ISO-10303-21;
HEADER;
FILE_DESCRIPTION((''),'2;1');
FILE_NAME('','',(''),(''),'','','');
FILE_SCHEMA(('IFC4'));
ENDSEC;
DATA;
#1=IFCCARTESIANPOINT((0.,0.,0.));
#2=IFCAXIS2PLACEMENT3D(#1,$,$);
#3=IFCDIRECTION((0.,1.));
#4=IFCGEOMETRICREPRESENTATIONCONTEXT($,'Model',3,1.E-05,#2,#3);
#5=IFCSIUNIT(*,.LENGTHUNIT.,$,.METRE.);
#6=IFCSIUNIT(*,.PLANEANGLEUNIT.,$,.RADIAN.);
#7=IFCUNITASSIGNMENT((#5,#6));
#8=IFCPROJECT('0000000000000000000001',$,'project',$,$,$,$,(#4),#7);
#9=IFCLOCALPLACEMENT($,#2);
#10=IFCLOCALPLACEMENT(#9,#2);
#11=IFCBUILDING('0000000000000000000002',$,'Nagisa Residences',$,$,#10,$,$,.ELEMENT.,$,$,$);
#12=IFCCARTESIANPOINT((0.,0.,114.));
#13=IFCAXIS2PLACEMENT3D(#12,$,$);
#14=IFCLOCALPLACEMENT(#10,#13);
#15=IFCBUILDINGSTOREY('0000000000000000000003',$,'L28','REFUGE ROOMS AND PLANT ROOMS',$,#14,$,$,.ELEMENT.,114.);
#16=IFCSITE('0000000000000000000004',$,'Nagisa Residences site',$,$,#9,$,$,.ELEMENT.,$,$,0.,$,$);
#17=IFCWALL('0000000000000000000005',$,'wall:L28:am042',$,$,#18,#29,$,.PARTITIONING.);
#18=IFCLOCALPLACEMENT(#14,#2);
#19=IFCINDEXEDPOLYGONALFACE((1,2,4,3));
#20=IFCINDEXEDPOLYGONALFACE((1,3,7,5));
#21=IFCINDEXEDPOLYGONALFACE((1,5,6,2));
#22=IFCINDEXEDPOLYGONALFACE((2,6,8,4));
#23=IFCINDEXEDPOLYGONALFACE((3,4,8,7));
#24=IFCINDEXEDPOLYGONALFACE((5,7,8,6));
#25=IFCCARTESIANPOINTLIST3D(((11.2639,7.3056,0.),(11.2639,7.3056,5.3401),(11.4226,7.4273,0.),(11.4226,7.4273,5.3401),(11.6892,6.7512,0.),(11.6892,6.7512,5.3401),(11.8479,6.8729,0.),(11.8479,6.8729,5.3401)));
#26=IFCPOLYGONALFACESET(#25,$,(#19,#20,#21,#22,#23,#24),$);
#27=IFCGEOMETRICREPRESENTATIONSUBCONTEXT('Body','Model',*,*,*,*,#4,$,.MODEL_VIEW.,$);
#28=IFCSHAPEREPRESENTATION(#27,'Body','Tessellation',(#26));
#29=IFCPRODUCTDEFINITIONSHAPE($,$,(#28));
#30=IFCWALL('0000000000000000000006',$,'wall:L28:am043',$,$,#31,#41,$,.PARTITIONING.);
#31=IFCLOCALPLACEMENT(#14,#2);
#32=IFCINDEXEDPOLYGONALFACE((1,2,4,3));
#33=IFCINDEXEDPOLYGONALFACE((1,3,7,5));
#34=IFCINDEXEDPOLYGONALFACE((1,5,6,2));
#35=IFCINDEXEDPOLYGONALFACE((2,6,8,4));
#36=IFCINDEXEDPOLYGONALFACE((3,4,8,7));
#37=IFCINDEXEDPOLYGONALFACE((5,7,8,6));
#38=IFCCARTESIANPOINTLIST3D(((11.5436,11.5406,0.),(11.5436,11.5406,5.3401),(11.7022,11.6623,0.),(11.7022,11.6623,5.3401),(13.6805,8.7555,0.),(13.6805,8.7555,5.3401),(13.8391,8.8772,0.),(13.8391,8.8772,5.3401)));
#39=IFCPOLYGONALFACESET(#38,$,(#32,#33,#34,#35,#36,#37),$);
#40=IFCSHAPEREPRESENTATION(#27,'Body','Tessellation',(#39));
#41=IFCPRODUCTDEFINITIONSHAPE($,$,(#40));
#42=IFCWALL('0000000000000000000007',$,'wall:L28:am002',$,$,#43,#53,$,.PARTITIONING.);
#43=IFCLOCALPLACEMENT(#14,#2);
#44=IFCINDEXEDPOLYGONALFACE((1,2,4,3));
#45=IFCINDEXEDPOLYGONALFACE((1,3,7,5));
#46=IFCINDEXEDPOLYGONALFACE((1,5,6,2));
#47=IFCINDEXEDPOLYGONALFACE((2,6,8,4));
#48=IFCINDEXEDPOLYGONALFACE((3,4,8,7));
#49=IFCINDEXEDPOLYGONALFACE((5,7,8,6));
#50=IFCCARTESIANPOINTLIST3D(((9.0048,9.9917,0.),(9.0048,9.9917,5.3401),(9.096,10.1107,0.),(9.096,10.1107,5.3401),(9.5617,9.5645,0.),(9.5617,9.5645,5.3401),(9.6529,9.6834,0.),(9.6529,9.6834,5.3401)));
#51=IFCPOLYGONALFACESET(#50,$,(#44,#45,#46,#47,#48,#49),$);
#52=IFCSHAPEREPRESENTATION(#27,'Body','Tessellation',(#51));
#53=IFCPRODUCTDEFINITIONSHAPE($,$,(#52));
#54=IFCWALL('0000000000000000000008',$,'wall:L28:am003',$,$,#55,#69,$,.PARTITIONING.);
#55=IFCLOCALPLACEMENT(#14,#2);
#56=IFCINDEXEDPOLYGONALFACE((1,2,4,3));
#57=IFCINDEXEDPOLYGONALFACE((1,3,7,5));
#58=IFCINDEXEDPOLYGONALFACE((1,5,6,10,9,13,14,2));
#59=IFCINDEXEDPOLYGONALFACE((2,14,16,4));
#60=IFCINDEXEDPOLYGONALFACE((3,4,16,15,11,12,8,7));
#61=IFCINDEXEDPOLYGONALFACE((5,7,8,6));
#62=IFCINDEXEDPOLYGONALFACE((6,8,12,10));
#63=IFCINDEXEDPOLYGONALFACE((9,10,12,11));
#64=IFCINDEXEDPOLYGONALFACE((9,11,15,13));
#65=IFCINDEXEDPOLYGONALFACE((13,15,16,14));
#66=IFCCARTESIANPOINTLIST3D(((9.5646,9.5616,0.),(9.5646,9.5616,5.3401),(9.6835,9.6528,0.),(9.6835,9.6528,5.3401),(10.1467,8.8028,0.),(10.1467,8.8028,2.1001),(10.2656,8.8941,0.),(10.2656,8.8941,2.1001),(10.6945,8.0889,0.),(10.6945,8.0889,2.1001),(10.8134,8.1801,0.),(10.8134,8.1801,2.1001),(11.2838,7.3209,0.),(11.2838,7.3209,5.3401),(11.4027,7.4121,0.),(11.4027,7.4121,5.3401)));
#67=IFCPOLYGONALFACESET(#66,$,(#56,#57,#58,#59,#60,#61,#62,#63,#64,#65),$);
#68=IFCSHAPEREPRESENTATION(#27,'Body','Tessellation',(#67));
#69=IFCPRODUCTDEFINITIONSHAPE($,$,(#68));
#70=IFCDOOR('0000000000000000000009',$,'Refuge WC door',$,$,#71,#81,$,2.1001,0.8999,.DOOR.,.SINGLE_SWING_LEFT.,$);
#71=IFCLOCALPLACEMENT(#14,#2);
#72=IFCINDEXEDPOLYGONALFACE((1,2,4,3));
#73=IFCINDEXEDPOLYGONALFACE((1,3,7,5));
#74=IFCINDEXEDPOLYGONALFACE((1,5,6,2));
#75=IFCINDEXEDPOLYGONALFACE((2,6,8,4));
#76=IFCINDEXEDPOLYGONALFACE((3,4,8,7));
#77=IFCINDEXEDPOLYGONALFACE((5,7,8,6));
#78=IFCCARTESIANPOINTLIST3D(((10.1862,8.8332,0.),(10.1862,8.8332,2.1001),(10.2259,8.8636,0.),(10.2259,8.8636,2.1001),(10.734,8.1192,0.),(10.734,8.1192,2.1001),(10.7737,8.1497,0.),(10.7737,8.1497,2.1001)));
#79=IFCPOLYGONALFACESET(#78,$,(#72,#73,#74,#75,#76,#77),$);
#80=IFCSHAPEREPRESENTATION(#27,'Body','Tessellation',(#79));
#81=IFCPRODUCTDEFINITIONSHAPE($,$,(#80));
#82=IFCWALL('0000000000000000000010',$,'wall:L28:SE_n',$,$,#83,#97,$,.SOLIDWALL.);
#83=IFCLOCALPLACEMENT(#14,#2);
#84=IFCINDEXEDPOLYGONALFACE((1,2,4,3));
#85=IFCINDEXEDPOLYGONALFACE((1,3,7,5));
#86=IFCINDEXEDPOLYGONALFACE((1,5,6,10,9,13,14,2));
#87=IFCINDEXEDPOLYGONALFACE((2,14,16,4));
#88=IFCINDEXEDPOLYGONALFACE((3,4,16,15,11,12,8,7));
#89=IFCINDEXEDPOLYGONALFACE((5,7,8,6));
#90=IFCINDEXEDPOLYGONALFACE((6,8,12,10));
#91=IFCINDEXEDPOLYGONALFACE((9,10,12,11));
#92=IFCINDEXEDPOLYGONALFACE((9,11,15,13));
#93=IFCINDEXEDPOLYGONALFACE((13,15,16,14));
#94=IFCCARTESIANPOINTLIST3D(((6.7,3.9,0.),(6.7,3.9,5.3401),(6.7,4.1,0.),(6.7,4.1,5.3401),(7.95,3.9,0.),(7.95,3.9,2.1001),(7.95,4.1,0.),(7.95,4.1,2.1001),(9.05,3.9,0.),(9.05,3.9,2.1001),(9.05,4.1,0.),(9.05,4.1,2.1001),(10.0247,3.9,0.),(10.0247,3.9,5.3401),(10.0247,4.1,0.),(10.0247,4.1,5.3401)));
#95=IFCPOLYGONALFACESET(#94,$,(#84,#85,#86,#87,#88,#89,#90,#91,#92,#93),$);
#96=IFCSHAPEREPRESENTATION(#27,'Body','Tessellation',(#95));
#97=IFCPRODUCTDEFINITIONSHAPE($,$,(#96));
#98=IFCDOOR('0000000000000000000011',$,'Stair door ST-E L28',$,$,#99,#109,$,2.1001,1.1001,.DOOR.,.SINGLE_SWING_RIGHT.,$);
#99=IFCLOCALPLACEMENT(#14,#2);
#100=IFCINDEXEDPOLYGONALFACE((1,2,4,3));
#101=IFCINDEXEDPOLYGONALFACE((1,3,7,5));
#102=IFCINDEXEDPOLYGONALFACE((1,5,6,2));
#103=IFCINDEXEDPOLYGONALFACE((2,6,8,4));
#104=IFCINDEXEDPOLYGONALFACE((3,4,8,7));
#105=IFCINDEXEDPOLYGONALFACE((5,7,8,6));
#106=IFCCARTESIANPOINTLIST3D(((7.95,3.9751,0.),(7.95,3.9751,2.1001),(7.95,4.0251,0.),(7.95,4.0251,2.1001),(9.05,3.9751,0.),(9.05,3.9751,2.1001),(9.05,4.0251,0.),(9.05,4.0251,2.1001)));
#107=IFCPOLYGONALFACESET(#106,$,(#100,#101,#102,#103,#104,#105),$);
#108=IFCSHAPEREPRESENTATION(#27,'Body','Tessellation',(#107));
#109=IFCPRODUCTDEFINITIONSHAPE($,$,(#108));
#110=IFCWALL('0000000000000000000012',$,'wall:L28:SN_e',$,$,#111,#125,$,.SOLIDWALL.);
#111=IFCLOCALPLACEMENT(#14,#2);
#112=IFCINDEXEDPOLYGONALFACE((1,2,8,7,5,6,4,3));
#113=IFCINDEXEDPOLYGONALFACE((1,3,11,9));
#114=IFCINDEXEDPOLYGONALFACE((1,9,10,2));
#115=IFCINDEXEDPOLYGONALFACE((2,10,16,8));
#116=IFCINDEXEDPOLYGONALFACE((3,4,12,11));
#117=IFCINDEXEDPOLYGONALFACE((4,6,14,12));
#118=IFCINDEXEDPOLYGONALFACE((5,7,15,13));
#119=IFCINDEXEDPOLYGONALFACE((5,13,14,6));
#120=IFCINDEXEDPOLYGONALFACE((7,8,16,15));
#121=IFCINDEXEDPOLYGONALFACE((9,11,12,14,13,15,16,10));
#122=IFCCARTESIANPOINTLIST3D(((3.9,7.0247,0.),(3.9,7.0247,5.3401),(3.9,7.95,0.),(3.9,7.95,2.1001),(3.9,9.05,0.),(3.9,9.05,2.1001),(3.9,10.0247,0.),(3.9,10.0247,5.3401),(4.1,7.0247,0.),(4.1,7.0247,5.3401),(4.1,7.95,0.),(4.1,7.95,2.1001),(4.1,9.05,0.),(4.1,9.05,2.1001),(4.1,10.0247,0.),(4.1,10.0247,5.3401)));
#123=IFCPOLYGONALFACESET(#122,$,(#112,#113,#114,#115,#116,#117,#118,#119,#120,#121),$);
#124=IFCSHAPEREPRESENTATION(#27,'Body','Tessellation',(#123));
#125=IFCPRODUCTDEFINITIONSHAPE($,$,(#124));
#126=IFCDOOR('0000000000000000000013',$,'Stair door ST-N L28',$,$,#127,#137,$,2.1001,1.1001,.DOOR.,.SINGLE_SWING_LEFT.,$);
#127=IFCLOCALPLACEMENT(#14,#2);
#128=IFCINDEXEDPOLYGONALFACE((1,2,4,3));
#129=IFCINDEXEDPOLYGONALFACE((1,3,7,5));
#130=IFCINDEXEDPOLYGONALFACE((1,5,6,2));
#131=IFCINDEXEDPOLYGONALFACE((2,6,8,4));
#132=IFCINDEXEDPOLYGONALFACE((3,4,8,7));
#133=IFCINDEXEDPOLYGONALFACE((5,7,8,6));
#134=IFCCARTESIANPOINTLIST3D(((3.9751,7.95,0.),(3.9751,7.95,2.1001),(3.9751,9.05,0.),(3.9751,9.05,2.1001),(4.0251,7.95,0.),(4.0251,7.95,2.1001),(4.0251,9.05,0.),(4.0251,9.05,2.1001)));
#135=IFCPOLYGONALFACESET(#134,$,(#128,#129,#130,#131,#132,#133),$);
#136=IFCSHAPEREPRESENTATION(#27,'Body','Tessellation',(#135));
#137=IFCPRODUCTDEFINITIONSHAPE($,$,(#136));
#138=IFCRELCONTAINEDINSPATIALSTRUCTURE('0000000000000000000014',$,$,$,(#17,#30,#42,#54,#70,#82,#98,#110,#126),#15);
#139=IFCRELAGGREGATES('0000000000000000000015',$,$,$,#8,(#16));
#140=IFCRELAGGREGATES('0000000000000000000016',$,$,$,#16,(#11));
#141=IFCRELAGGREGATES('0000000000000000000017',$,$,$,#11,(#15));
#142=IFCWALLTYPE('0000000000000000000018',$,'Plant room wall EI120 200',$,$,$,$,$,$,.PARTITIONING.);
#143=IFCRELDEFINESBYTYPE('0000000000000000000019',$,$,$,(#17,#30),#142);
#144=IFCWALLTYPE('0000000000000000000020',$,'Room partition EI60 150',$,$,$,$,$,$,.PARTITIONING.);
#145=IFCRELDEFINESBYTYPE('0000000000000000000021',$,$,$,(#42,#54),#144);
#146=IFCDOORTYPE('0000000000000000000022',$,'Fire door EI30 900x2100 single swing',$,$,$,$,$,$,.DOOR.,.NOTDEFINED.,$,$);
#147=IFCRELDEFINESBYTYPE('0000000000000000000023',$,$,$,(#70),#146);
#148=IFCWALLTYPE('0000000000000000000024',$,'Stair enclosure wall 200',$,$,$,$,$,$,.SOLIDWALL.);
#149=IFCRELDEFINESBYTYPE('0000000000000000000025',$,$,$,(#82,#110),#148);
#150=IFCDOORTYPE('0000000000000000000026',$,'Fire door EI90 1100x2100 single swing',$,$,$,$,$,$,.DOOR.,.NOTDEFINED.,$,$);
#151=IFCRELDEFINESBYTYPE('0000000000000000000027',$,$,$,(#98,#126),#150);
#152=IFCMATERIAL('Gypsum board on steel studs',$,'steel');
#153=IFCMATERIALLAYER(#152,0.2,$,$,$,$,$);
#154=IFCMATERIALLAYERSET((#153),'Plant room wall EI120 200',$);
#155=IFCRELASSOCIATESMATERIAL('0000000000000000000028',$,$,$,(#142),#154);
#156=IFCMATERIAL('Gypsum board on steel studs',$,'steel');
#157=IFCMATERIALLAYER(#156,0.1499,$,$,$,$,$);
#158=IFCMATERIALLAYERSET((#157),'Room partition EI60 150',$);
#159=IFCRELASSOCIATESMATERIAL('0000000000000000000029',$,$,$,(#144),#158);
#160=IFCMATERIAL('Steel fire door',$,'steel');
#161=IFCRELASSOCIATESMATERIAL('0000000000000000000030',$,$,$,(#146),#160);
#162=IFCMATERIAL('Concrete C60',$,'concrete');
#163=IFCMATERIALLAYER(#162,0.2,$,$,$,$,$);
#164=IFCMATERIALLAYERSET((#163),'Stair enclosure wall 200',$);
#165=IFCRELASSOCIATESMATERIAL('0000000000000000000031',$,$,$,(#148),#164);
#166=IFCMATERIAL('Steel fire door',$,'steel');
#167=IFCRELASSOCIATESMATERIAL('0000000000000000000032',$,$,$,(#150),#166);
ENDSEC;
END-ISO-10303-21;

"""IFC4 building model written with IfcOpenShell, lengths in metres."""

from ifc_helpers import new_model, si_unit, direction, frame, frame_2d, origin, place, context, subcontext, project, spatial, rectangle, extrude, material, layer, layer_set, type_object, element, fill, save


model = new_model("IFC4")

# Units and contexts
model_context = context("Model", 3, precision=1e-05, world=origin(), true_north=direction((0.0, 1.0)))
body_context = subcontext(model_context, "Body", "Model", "MODEL_VIEW")
ifc_project = project(units=[si_unit("LENGTHUNIT", "METRE"), si_unit("PLANEANGLEUNIT", "RADIAN")], contexts=[model_context])

# Site, building, storey
site_placement = place(None, origin())
site = spatial("IfcSite", under=ifc_project, at=site_placement, Name="Nagisa Residences site", CompositionType="ELEMENT", RefElevation=0.0)
building_placement = place(site_placement, origin())
building = spatial("IfcBuilding", under=site, at=building_placement, Name="Nagisa Residences", CompositionType="ELEMENT")
storey_placement = place(building_placement, frame((0.0, 0.0, 114.0)))
storey = spatial("IfcBuildingStorey", under=building, at=storey_placement, Name="L28", Description="REFUGE ROOMS AND PLANT ROOMS", CompositionType="ELEMENT", Elevation=114.0)

# Shared definitions
ifc_material_1 = material(Name="Gypsum board on steel studs", Category="steel")
ifc_layer_1 = layer(ifc_material_1, 0.2)
ifc_layer_set_1 = layer_set([ifc_layer_1], Name="Plant room wall EI120 200")
wall_type_1 = type_object("IfcWallType", Name="Plant room wall EI120 200", PredefinedType="PARTITIONING", material=ifc_layer_set_1)

# Walls
wall_1_placement = place(storey_placement, frame((11.3433, 7.3665, 0.0), z_axis=(0.0, 0.0, 1.0), x_axis=(0.60863, -0.793455, 0.0)))
element("IfcWall", 1, at=wall_1_placement, inside=storey, type_object=wall_type_1, Name="wall:L28:am042", PredefinedType="PARTITIONING", context=body_context, shape_type="SweptSolid", body=[
    extrude(rectangle(XDim=0.6987, YDim=0.2, at=frame_2d((0.3494, 0.0))), origin(), (0.0, 0.0, 1.0), 5.3401),
])
wall_2_placement = place(storey_placement, frame((11.6228, 11.6016, 0.0), z_axis=(0.0, 0.0, 1.0), x_axis=(0.608732, -0.793376, 0.0)))
element("IfcWall", 2, at=wall_2_placement, inside=storey, type_object=wall_type_1, Name="wall:L28:am043", PredefinedType="PARTITIONING", context=body_context, shape_type="SweptSolid", body=[
    extrude(rectangle(XDim=3.5105, YDim=0.2, at=frame_2d((1.7554, 0.0))), origin(), (0.0, 0.0, 1.0), 5.3401),
])
ifc_material_2 = material(Name="Gypsum board on steel studs", Category="steel")
ifc_layer_2 = layer(ifc_material_2, 0.1499)
ifc_layer_set_2 = layer_set([ifc_layer_2], Name="Room partition EI60 150")
wall_type_2 = type_object("IfcWallType", Name="Room partition EI60 150", PredefinedType="PARTITIONING", material=ifc_layer_set_2)
wall_3_placement = place(storey_placement, frame((9.0503, 10.0513, 0.0), z_axis=(0.0, 0.0, 1.0), x_axis=(0.793399, -0.608702, 0.0)))
element("IfcWall", 3, at=wall_3_placement, inside=storey, type_object=wall_type_2, Name="wall:L28:am002", PredefinedType="PARTITIONING", context=body_context, shape_type="SweptSolid", body=[
    extrude(rectangle(XDim=0.7019, YDim=0.1499, at=frame_2d((0.3511, 0.0))), origin(), (0.0, 0.0, 1.0), 5.3401),
])

# Walls, openings, doors
wall_4_placement = place(storey_placement, frame((9.624, 9.6072, 0.0), z_axis=(0.0, 0.0, 1.0), x_axis=(0.608733, -0.793375, 0.0)))
wall_4 = element("IfcWall", 4, at=wall_4_placement, inside=storey, type_object=wall_type_2, Name="wall:L28:am003", PredefinedType="PARTITIONING", context=body_context, shape_type="SweptSolid", body=[
    extrude(rectangle(XDim=2.8242, YDim=0.1499, at=frame_2d((1.4121, 0.0))), origin(), (0.0, 0.0, 1.0), 5.3401),
])
opening_1_placement = place(wall_4_placement, frame((0.9563, 0.0, 0.0)))
opening_1 = element("IfcOpeningElement", 5, at=opening_1_placement, cuts=wall_4, PredefinedType="OPENING", context=body_context, shape_type="SweptSolid", body=[
    extrude(rectangle(XDim=0.8999, YDim=2.1001, at=frame_2d((0.45, 1.05))), frame((0.0, 0.085, 0.0), z_axis=(0.0, -1.0, 0.0), x_axis=(1.0, 0.0, 0.0)), (0.0, 0.0, 1.0), 0.1699),
])
ifc_material_3 = material(Name="Steel fire door", Category="steel")
door_type_1 = type_object("IfcDoorType", Name="Fire door EI30 900x2100 single swing", OperationType="NOTDEFINED", PredefinedType="DOOR", material=ifc_material_3)
door_1_placement = place(opening_1_placement, origin())
door_1 = element("IfcDoor", 6, at=door_1_placement, inside=storey, type_object=door_type_1, Name="Refuge WC door", OperationType="SINGLE_SWING_LEFT", OverallHeight=2.1001, OverallWidth=0.8999, PredefinedType="DOOR", context=body_context, shape_type="SweptSolid", body=[
    extrude(rectangle(XDim=0.8999, YDim=2.1001, at=frame_2d((0.45, 1.05))), frame((0.0, 0.0249, 0.0), z_axis=(0.0, -1.0, 0.0), x_axis=(1.0, 0.0, 0.0)), (0.0, 0.0, 1.0), 0.05),
])
fill(opening_1, door_1)
ifc_material_4 = material(Name="Concrete C60", Category="concrete")
ifc_layer_3 = layer(ifc_material_4, 0.2)
ifc_layer_set_3 = layer_set([ifc_layer_3], Name="Stair enclosure wall 200")
wall_type_3 = type_object("IfcWallType", Name="Stair enclosure wall 200", PredefinedType="SOLIDWALL", material=ifc_layer_set_3)
wall_5_placement = place(storey_placement, frame((6.7, 4.0, 0.0), z_axis=(0.0, 0.0, 1.0), x_axis=(1.0, 0.0, 0.0)))
wall_5 = element("IfcWall", 7, at=wall_5_placement, inside=storey, type_object=wall_type_3, Name="wall:L28:SE_n", PredefinedType="SOLIDWALL", context=body_context, shape_type="SweptSolid", body=[
    extrude(rectangle(XDim=3.3247, YDim=0.2, at=frame_2d((1.6624, 0.0))), origin(), (0.0, 0.0, 1.0), 5.3401),
])
opening_2_placement = place(wall_5_placement, frame((1.25, 0.0, 0.0)))
opening_2 = element("IfcOpeningElement", 8, at=opening_2_placement, cuts=wall_5, PredefinedType="OPENING", context=body_context, shape_type="SweptSolid", body=[
    extrude(rectangle(XDim=1.1001, YDim=2.1001, at=frame_2d((0.55, 1.05))), frame((0.0, 0.1099, 0.0), z_axis=(0.0, -1.0, 0.0), x_axis=(1.0, 0.0, 0.0)), (0.0, 0.0, 1.0), 0.22),
])
ifc_material_5 = material(Name="Steel fire door", Category="steel")
door_type_2 = type_object("IfcDoorType", Name="Fire door EI90 1100x2100 single swing", OperationType="NOTDEFINED", PredefinedType="DOOR", material=ifc_material_5)
door_2_placement = place(opening_2_placement, frame((1.1001, 0.0, 0.0), x_axis=(-1.0, 0.0, 0.0)))
door_2 = element("IfcDoor", 9, at=door_2_placement, inside=storey, type_object=door_type_2, Name="Stair door ST-E L28", OperationType="SINGLE_SWING_RIGHT", OverallHeight=2.1001, OverallWidth=1.1001, PredefinedType="DOOR", context=body_context, shape_type="SweptSolid", body=[
    extrude(rectangle(XDim=1.1001, YDim=2.1001, at=frame_2d((0.55, 1.05))), frame((0.0, 0.0249, 0.0), z_axis=(0.0, -1.0, 0.0), x_axis=(1.0, 0.0, 0.0)), (0.0, 0.0, 1.0), 0.05),
])
fill(opening_2, door_2)
wall_6_placement = place(storey_placement, frame((4.0, 7.0247, 0.0), z_axis=(0.0, 0.0, 1.0), x_axis=(0.0, 1.0, 0.0)))
wall_6 = element("IfcWall", 10, at=wall_6_placement, inside=storey, type_object=wall_type_3, Name="wall:L28:SN_e", PredefinedType="SOLIDWALL", context=body_context, shape_type="SweptSolid", body=[
    extrude(rectangle(XDim=3.0, YDim=0.2, at=frame_2d((1.5, 0.0))), origin(), (0.0, 0.0, 1.0), 5.3401),
])
opening_3_placement = place(wall_6_placement, frame((0.9253, 0.0, 0.0)))
opening_3 = element("IfcOpeningElement", 11, at=opening_3_placement, cuts=wall_6, PredefinedType="OPENING", context=body_context, shape_type="SweptSolid", body=[
    extrude(rectangle(XDim=1.1001, YDim=2.1001, at=frame_2d((0.55, 1.05))), frame((0.0, 0.1099, 0.0), z_axis=(0.0, -1.0, 0.0), x_axis=(1.0, 0.0, 0.0)), (0.0, 0.0, 1.0), 0.22),
])
door_3_placement = place(opening_3_placement, origin())
door_3 = element("IfcDoor", 12, at=door_3_placement, inside=storey, type_object=door_type_2, Name="Stair door ST-N L28", OperationType="SINGLE_SWING_LEFT", OverallHeight=2.1001, OverallWidth=1.1001, PredefinedType="DOOR", context=body_context, shape_type="SweptSolid", body=[
    extrude(rectangle(XDim=1.1001, YDim=2.1001, at=frame_2d((0.55, 1.05))), frame((0.0, 0.0249, 0.0), z_axis=(0.0, -1.0, 0.0), x_axis=(1.0, 0.0, 0.0)), (0.0, 0.0, 1.0), 0.05),
])
fill(opening_3, door_3)

save(model, "model.ifc")
